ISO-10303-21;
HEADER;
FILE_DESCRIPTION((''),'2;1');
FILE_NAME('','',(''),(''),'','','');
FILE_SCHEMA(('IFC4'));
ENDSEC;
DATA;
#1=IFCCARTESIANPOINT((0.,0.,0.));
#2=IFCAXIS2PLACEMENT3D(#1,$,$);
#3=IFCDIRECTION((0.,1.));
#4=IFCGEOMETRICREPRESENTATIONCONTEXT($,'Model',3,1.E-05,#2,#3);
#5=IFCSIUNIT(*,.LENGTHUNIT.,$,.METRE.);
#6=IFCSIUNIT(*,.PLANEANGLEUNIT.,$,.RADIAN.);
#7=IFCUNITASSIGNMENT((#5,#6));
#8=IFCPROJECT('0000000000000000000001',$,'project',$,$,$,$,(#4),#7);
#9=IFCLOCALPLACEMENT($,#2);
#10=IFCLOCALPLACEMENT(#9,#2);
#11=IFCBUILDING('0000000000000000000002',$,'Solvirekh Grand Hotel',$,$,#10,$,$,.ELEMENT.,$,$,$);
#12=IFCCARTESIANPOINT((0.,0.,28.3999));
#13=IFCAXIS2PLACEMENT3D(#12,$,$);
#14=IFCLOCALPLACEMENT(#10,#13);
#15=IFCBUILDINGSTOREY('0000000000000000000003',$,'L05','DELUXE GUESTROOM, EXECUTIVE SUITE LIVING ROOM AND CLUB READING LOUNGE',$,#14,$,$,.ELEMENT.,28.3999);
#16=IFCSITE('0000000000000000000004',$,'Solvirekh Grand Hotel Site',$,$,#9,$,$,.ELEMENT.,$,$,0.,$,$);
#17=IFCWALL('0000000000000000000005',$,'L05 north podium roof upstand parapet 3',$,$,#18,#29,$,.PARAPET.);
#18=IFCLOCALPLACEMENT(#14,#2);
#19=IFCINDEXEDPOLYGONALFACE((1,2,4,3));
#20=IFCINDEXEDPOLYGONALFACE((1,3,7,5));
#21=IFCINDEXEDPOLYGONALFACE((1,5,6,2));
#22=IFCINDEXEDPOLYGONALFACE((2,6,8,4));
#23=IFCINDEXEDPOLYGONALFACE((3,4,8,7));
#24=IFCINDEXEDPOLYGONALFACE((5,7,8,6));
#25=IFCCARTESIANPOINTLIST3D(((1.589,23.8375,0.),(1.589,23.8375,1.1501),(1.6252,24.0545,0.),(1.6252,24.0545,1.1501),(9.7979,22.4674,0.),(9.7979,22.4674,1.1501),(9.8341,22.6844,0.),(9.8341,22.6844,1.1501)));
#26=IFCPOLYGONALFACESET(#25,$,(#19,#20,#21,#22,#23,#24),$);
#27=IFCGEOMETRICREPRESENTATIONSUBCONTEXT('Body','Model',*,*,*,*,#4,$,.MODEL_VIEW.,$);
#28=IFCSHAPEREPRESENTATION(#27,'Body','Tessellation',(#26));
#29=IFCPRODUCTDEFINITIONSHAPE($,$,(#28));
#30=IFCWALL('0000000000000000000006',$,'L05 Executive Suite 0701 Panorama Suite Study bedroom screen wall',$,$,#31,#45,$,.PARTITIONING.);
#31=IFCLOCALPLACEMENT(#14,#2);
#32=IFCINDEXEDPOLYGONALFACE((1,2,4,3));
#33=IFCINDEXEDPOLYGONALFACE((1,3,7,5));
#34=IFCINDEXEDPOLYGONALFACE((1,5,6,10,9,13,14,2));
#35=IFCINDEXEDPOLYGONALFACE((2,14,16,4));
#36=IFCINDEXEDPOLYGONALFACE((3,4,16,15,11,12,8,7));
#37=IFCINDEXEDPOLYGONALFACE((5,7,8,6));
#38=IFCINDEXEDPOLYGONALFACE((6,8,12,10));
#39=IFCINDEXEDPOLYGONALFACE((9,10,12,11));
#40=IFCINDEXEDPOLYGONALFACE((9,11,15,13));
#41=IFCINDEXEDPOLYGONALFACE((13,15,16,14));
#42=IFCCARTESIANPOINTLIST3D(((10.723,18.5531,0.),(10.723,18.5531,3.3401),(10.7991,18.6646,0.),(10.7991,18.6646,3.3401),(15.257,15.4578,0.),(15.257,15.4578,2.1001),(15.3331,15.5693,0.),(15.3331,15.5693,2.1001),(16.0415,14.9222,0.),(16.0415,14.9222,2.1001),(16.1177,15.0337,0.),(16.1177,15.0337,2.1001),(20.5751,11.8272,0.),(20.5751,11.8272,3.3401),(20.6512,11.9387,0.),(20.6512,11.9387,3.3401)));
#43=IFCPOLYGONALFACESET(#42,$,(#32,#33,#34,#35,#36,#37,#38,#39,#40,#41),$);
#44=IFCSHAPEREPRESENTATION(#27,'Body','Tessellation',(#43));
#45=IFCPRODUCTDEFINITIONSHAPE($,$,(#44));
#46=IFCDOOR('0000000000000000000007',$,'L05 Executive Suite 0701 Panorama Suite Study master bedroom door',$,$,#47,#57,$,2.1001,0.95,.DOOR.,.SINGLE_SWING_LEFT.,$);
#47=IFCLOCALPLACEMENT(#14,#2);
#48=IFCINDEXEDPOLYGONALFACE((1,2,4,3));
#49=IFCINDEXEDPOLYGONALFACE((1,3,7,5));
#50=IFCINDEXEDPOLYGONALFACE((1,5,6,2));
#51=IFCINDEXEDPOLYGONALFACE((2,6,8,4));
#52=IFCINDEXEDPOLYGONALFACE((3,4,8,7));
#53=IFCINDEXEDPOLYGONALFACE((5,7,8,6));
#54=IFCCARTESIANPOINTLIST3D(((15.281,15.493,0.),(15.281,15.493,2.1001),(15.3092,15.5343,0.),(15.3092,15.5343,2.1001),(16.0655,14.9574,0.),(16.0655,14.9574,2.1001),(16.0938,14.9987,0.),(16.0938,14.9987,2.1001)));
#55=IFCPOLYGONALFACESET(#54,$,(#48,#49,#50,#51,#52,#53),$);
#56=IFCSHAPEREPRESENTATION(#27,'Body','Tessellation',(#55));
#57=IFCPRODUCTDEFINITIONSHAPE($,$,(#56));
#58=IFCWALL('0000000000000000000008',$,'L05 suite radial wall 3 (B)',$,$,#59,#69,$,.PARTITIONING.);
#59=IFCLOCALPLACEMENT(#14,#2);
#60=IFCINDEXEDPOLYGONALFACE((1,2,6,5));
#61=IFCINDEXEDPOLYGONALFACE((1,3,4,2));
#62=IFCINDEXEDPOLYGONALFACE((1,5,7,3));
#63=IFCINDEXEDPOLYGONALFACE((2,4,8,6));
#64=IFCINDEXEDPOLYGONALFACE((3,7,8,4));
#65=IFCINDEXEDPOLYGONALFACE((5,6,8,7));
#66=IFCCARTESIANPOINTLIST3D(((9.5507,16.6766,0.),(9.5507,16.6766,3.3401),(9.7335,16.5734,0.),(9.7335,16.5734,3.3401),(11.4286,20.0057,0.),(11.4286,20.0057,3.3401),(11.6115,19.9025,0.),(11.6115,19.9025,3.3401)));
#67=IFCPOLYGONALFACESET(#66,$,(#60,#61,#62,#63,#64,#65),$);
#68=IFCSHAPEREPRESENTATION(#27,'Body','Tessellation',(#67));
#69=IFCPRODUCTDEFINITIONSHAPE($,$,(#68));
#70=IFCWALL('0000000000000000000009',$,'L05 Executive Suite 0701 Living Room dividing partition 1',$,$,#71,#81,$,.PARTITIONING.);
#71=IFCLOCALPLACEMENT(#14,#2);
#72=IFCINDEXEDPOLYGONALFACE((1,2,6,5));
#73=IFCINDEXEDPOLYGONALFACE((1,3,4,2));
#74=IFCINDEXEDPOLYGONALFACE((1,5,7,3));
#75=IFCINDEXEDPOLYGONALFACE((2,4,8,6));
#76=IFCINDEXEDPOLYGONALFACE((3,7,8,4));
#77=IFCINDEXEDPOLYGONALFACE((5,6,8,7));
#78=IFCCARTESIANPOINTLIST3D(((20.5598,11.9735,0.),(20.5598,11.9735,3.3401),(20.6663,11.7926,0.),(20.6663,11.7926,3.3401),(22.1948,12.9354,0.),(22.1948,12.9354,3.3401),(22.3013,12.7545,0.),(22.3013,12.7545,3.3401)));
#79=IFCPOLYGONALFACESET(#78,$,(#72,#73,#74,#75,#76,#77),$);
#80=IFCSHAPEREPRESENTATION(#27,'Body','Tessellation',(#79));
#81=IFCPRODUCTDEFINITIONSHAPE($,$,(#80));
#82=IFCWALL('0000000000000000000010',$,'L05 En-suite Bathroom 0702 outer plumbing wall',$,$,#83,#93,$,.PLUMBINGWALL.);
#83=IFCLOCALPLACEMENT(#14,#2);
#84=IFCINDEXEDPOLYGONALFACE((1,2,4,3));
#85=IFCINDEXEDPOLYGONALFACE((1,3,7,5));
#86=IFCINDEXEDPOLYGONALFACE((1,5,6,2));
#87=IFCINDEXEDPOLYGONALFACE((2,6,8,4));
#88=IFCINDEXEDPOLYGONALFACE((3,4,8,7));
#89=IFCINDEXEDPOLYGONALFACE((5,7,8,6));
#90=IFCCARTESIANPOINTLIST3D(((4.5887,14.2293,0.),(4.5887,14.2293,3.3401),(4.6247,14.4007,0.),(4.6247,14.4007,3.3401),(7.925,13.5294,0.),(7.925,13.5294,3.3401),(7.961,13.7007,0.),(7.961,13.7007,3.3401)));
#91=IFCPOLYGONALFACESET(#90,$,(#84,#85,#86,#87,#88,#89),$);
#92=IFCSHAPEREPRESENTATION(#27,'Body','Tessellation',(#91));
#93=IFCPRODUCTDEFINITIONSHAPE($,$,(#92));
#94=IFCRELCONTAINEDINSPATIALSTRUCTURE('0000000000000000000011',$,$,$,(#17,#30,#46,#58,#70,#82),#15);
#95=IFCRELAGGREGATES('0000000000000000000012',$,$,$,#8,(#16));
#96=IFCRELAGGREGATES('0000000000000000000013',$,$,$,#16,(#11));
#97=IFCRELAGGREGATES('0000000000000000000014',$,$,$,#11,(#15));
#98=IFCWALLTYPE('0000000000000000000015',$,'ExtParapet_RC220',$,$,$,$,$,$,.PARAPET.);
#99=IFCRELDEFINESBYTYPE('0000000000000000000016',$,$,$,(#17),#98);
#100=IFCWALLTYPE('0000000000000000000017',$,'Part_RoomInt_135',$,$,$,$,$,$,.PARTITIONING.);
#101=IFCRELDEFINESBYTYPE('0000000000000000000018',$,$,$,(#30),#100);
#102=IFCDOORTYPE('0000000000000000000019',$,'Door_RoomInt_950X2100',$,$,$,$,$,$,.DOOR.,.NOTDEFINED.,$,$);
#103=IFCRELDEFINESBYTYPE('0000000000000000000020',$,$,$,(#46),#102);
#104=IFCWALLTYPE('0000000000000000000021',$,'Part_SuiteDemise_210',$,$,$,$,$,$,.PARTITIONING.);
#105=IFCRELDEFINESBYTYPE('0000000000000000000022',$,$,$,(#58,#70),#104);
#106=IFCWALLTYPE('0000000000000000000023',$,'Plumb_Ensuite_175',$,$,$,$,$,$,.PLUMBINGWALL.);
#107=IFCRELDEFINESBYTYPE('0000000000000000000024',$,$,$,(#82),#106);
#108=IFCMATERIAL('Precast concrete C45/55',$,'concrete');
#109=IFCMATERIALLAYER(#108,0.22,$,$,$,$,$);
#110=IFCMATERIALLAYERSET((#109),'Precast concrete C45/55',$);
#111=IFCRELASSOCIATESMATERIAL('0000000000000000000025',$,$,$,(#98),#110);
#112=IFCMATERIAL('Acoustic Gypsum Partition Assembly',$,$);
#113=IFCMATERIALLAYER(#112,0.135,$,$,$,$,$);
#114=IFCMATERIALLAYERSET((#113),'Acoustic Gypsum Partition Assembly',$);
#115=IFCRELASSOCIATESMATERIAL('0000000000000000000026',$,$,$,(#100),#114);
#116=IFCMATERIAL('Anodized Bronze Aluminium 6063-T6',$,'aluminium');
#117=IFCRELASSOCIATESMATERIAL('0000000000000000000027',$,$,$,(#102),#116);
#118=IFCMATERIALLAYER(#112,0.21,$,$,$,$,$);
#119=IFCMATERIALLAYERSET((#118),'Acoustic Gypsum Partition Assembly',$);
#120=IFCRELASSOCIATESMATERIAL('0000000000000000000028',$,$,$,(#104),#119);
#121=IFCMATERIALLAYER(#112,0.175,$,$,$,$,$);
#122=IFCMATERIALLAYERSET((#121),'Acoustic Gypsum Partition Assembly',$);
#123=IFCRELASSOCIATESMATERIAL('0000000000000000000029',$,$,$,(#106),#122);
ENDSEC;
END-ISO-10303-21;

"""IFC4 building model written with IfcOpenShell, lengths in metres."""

from ifc_helpers import new_model, si_unit, direction, frame, frame_2d, origin, place, context, subcontext, project, spatial, rectangle, extrude, material, layer, layer_set, type_object, element, fill, save


model = new_model("IFC4")

# Units and contexts
model_context = context("Model", 3, precision=1e-05, world=origin(), true_north=direction((0.0, 1.0)))
body_context = subcontext(model_context, "Body", "Model", "MODEL_VIEW")
ifc_project = project(units=[si_unit("LENGTHUNIT", "METRE"), si_unit("PLANEANGLEUNIT", "RADIAN")], contexts=[model_context])

# Site, building, storey
site_placement = place(None, origin())
site = spatial("IfcSite", under=ifc_project, at=site_placement, Name="Solvirekh Grand Hotel Site", CompositionType="ELEMENT", RefElevation=0.0)
building_placement = place(site_placement, origin())
building = spatial("IfcBuilding", under=site, at=building_placement, Name="Solvirekh Grand Hotel", CompositionType="ELEMENT")
storey_placement = place(building_placement, frame((0.0, 0.0, 28.3999)))
storey = spatial("IfcBuildingStorey", under=building, at=storey_placement, Name="L05", Description="DELUXE GUESTROOM, EXECUTIVE SUITE LIVING ROOM AND CLUB READING LOUNGE", CompositionType="ELEMENT", Elevation=28.3999)

# Shared definitions
ifc_material_1 = material(Name="Anodized Bronze Aluminium 6063-T6", Category="aluminium")

# Shared definitions
ifc_material_2 = material(Name="Precast concrete C45/55", Category="concrete")

# Wall
ifc_layer_1 = layer(ifc_material_2, 0.22)
ifc_layer_set_1 = layer_set([ifc_layer_1], Name="Precast concrete C45/55")
wall_type_1 = type_object("IfcWallType", Name="ExtParapet_RC220", PredefinedType="PARAPET", material=ifc_layer_set_1)
wall_1_placement = place(storey_placement, frame((9.8159, 22.5759, 0.0), z_axis=(0.0, 0.0, 1.0), x_axis=(-0.986356, 0.164627, 0.0)))
element("IfcWall", 1, at=wall_1_placement, inside=storey, type_object=wall_type_1, Name="L05 north podium roof upstand parapet 3", PredefinedType="PARAPET", context=body_context, shape_type="SweptSolid", body=[
    extrude(rectangle(XDim=8.3225, YDim=0.22, at=frame_2d((4.1611, 0.0))), origin(), (0.0, 0.0, 1.0), 1.1501),
])

# Wall, opening, door
ifc_material_3 = material(Name="Acoustic Gypsum Partition Assembly")
ifc_layer_2 = layer(ifc_material_3, 0.135)
ifc_layer_set_2 = layer_set([ifc_layer_2], Name="Acoustic Gypsum Partition Assembly")
wall_type_2 = type_object("IfcWallType", Name="Part_RoomInt_135", PredefinedType="PARTITIONING", material=ifc_layer_set_2)
wall_2_placement = place(storey_placement, frame((20.613, 11.8831, 0.0), z_axis=(0.0, 0.0, 1.0), x_axis=(-0.825895, 0.563824, 0.0)))
wall_2 = element("IfcWall", 2, at=wall_2_placement, inside=storey, type_object=wall_type_2, Name="L05 Executive Suite 0701 Panorama Suite Study bedroom screen wall", PredefinedType="PARTITIONING", context=body_context, shape_type="SweptSolid", body=[
    extrude(rectangle(XDim=11.929, YDim=0.135, at=frame_2d((5.9644, 0.0))), origin(), (0.0, 0.0, 1.0), 3.3401),
])
opening_1_placement = place(wall_2_placement, frame((5.489, 0.0, 0.0)))
opening_1 = element("IfcOpeningElement", 3, at=opening_1_placement, cuts=wall_2, PredefinedType="OPENING", context=body_context, shape_type="SweptSolid", body=[
    extrude(rectangle(XDim=0.95, YDim=2.1001, at=frame_2d((0.4751, 1.05))), frame((0.0, 0.0776, 0.0), z_axis=(0.0, -1.0, 0.0), x_axis=(1.0, 0.0, 0.0)), (0.0, 0.0, 1.0), 0.155),
])
door_type_1 = type_object("IfcDoorType", Name="Door_RoomInt_950X2100", OperationType="NOTDEFINED", PredefinedType="DOOR", material=ifc_material_1)
door_1_placement = place(opening_1_placement, origin())
door_1 = element("IfcDoor", 4, at=door_1_placement, inside=storey, type_object=door_type_1, Name="L05 Executive Suite 0701 Panorama Suite Study master bedroom door", OperationType="SINGLE_SWING_LEFT", OverallHeight=2.1001, OverallWidth=0.95, PredefinedType="DOOR", context=body_context, shape_type="SweptSolid", body=[
    extrude(rectangle(XDim=0.95, YDim=2.1001, at=frame_2d((0.4751, 1.05))), frame((0.0, 0.0249, 0.0), z_axis=(0.0, -1.0, 0.0), x_axis=(1.0, 0.0, 0.0)), (0.0, 0.0, 1.0), 0.05),
])
fill(opening_1, door_1)

# Walls
ifc_layer_3 = layer(ifc_material_3, 0.21)
ifc_layer_set_3 = layer_set([ifc_layer_3], Name="Acoustic Gypsum Partition Assembly")
wall_type_3 = type_object("IfcWallType", Name="Part_SuiteDemise_210", PredefinedType="PARTITIONING", material=ifc_layer_set_3)
wall_3_placement = place(storey_placement, frame((9.6421, 16.625, 0.0), z_axis=(0.0, 0.0, 1.0), x_axis=(0.491316, 0.870981, 0.0)))
element("IfcWall", 5, at=wall_3_placement, inside=storey, type_object=wall_type_3, Name="L05 suite radial wall 3 (B)", PredefinedType="PARTITIONING", context=body_context, shape_type="SweptSolid", body=[
    extrude(rectangle(XDim=3.8223, YDim=0.21, at=frame_2d((1.9111, 0.0))), origin(), (0.0, 0.0, 1.0), 3.3401),
])
wall_4_placement = place(storey_placement, frame((20.613, 11.8831, 0.0), z_axis=(0.0, 0.0, 1.0), x_axis=(0.861901, 0.507076, 0.0)))
element("IfcWall", 6, at=wall_4_placement, inside=storey, type_object=wall_type_3, Name="L05 Executive Suite 0701 Living Room dividing partition 1", PredefinedType="PARTITIONING", context=body_context, shape_type="SweptSolid", body=[
    extrude(rectangle(XDim=1.897, YDim=0.21, at=frame_2d((0.9485, 0.0))), origin(), (0.0, 0.0, 1.0), 3.3401),
])
ifc_layer_4 = layer(ifc_material_3, 0.175)
ifc_layer_set_4 = layer_set([ifc_layer_4], Name="Acoustic Gypsum Partition Assembly")
wall_type_4 = type_object("IfcWallType", Name="Plumb_Ensuite_175", PredefinedType="PLUMBINGWALL", material=ifc_layer_set_4)
wall_5_placement = place(storey_placement, frame((7.9431, 13.615, 0.0), z_axis=(0.0, 0.0, 1.0), x_axis=(-0.978692, 0.205335, 0.0)))
element("IfcWall", 7, at=wall_5_placement, inside=storey, type_object=wall_type_4, Name="L05 En-suite Bathroom 0702 outer plumbing wall", PredefinedType="PLUMBINGWALL", context=body_context, shape_type="SweptSolid", body=[
    extrude(rectangle(XDim=3.4089, YDim=0.175, at=frame_2d((1.7046, 0.0))), origin(), (0.0, 0.0, 1.0), 3.3401),
])

save(model, "model.ifc")
